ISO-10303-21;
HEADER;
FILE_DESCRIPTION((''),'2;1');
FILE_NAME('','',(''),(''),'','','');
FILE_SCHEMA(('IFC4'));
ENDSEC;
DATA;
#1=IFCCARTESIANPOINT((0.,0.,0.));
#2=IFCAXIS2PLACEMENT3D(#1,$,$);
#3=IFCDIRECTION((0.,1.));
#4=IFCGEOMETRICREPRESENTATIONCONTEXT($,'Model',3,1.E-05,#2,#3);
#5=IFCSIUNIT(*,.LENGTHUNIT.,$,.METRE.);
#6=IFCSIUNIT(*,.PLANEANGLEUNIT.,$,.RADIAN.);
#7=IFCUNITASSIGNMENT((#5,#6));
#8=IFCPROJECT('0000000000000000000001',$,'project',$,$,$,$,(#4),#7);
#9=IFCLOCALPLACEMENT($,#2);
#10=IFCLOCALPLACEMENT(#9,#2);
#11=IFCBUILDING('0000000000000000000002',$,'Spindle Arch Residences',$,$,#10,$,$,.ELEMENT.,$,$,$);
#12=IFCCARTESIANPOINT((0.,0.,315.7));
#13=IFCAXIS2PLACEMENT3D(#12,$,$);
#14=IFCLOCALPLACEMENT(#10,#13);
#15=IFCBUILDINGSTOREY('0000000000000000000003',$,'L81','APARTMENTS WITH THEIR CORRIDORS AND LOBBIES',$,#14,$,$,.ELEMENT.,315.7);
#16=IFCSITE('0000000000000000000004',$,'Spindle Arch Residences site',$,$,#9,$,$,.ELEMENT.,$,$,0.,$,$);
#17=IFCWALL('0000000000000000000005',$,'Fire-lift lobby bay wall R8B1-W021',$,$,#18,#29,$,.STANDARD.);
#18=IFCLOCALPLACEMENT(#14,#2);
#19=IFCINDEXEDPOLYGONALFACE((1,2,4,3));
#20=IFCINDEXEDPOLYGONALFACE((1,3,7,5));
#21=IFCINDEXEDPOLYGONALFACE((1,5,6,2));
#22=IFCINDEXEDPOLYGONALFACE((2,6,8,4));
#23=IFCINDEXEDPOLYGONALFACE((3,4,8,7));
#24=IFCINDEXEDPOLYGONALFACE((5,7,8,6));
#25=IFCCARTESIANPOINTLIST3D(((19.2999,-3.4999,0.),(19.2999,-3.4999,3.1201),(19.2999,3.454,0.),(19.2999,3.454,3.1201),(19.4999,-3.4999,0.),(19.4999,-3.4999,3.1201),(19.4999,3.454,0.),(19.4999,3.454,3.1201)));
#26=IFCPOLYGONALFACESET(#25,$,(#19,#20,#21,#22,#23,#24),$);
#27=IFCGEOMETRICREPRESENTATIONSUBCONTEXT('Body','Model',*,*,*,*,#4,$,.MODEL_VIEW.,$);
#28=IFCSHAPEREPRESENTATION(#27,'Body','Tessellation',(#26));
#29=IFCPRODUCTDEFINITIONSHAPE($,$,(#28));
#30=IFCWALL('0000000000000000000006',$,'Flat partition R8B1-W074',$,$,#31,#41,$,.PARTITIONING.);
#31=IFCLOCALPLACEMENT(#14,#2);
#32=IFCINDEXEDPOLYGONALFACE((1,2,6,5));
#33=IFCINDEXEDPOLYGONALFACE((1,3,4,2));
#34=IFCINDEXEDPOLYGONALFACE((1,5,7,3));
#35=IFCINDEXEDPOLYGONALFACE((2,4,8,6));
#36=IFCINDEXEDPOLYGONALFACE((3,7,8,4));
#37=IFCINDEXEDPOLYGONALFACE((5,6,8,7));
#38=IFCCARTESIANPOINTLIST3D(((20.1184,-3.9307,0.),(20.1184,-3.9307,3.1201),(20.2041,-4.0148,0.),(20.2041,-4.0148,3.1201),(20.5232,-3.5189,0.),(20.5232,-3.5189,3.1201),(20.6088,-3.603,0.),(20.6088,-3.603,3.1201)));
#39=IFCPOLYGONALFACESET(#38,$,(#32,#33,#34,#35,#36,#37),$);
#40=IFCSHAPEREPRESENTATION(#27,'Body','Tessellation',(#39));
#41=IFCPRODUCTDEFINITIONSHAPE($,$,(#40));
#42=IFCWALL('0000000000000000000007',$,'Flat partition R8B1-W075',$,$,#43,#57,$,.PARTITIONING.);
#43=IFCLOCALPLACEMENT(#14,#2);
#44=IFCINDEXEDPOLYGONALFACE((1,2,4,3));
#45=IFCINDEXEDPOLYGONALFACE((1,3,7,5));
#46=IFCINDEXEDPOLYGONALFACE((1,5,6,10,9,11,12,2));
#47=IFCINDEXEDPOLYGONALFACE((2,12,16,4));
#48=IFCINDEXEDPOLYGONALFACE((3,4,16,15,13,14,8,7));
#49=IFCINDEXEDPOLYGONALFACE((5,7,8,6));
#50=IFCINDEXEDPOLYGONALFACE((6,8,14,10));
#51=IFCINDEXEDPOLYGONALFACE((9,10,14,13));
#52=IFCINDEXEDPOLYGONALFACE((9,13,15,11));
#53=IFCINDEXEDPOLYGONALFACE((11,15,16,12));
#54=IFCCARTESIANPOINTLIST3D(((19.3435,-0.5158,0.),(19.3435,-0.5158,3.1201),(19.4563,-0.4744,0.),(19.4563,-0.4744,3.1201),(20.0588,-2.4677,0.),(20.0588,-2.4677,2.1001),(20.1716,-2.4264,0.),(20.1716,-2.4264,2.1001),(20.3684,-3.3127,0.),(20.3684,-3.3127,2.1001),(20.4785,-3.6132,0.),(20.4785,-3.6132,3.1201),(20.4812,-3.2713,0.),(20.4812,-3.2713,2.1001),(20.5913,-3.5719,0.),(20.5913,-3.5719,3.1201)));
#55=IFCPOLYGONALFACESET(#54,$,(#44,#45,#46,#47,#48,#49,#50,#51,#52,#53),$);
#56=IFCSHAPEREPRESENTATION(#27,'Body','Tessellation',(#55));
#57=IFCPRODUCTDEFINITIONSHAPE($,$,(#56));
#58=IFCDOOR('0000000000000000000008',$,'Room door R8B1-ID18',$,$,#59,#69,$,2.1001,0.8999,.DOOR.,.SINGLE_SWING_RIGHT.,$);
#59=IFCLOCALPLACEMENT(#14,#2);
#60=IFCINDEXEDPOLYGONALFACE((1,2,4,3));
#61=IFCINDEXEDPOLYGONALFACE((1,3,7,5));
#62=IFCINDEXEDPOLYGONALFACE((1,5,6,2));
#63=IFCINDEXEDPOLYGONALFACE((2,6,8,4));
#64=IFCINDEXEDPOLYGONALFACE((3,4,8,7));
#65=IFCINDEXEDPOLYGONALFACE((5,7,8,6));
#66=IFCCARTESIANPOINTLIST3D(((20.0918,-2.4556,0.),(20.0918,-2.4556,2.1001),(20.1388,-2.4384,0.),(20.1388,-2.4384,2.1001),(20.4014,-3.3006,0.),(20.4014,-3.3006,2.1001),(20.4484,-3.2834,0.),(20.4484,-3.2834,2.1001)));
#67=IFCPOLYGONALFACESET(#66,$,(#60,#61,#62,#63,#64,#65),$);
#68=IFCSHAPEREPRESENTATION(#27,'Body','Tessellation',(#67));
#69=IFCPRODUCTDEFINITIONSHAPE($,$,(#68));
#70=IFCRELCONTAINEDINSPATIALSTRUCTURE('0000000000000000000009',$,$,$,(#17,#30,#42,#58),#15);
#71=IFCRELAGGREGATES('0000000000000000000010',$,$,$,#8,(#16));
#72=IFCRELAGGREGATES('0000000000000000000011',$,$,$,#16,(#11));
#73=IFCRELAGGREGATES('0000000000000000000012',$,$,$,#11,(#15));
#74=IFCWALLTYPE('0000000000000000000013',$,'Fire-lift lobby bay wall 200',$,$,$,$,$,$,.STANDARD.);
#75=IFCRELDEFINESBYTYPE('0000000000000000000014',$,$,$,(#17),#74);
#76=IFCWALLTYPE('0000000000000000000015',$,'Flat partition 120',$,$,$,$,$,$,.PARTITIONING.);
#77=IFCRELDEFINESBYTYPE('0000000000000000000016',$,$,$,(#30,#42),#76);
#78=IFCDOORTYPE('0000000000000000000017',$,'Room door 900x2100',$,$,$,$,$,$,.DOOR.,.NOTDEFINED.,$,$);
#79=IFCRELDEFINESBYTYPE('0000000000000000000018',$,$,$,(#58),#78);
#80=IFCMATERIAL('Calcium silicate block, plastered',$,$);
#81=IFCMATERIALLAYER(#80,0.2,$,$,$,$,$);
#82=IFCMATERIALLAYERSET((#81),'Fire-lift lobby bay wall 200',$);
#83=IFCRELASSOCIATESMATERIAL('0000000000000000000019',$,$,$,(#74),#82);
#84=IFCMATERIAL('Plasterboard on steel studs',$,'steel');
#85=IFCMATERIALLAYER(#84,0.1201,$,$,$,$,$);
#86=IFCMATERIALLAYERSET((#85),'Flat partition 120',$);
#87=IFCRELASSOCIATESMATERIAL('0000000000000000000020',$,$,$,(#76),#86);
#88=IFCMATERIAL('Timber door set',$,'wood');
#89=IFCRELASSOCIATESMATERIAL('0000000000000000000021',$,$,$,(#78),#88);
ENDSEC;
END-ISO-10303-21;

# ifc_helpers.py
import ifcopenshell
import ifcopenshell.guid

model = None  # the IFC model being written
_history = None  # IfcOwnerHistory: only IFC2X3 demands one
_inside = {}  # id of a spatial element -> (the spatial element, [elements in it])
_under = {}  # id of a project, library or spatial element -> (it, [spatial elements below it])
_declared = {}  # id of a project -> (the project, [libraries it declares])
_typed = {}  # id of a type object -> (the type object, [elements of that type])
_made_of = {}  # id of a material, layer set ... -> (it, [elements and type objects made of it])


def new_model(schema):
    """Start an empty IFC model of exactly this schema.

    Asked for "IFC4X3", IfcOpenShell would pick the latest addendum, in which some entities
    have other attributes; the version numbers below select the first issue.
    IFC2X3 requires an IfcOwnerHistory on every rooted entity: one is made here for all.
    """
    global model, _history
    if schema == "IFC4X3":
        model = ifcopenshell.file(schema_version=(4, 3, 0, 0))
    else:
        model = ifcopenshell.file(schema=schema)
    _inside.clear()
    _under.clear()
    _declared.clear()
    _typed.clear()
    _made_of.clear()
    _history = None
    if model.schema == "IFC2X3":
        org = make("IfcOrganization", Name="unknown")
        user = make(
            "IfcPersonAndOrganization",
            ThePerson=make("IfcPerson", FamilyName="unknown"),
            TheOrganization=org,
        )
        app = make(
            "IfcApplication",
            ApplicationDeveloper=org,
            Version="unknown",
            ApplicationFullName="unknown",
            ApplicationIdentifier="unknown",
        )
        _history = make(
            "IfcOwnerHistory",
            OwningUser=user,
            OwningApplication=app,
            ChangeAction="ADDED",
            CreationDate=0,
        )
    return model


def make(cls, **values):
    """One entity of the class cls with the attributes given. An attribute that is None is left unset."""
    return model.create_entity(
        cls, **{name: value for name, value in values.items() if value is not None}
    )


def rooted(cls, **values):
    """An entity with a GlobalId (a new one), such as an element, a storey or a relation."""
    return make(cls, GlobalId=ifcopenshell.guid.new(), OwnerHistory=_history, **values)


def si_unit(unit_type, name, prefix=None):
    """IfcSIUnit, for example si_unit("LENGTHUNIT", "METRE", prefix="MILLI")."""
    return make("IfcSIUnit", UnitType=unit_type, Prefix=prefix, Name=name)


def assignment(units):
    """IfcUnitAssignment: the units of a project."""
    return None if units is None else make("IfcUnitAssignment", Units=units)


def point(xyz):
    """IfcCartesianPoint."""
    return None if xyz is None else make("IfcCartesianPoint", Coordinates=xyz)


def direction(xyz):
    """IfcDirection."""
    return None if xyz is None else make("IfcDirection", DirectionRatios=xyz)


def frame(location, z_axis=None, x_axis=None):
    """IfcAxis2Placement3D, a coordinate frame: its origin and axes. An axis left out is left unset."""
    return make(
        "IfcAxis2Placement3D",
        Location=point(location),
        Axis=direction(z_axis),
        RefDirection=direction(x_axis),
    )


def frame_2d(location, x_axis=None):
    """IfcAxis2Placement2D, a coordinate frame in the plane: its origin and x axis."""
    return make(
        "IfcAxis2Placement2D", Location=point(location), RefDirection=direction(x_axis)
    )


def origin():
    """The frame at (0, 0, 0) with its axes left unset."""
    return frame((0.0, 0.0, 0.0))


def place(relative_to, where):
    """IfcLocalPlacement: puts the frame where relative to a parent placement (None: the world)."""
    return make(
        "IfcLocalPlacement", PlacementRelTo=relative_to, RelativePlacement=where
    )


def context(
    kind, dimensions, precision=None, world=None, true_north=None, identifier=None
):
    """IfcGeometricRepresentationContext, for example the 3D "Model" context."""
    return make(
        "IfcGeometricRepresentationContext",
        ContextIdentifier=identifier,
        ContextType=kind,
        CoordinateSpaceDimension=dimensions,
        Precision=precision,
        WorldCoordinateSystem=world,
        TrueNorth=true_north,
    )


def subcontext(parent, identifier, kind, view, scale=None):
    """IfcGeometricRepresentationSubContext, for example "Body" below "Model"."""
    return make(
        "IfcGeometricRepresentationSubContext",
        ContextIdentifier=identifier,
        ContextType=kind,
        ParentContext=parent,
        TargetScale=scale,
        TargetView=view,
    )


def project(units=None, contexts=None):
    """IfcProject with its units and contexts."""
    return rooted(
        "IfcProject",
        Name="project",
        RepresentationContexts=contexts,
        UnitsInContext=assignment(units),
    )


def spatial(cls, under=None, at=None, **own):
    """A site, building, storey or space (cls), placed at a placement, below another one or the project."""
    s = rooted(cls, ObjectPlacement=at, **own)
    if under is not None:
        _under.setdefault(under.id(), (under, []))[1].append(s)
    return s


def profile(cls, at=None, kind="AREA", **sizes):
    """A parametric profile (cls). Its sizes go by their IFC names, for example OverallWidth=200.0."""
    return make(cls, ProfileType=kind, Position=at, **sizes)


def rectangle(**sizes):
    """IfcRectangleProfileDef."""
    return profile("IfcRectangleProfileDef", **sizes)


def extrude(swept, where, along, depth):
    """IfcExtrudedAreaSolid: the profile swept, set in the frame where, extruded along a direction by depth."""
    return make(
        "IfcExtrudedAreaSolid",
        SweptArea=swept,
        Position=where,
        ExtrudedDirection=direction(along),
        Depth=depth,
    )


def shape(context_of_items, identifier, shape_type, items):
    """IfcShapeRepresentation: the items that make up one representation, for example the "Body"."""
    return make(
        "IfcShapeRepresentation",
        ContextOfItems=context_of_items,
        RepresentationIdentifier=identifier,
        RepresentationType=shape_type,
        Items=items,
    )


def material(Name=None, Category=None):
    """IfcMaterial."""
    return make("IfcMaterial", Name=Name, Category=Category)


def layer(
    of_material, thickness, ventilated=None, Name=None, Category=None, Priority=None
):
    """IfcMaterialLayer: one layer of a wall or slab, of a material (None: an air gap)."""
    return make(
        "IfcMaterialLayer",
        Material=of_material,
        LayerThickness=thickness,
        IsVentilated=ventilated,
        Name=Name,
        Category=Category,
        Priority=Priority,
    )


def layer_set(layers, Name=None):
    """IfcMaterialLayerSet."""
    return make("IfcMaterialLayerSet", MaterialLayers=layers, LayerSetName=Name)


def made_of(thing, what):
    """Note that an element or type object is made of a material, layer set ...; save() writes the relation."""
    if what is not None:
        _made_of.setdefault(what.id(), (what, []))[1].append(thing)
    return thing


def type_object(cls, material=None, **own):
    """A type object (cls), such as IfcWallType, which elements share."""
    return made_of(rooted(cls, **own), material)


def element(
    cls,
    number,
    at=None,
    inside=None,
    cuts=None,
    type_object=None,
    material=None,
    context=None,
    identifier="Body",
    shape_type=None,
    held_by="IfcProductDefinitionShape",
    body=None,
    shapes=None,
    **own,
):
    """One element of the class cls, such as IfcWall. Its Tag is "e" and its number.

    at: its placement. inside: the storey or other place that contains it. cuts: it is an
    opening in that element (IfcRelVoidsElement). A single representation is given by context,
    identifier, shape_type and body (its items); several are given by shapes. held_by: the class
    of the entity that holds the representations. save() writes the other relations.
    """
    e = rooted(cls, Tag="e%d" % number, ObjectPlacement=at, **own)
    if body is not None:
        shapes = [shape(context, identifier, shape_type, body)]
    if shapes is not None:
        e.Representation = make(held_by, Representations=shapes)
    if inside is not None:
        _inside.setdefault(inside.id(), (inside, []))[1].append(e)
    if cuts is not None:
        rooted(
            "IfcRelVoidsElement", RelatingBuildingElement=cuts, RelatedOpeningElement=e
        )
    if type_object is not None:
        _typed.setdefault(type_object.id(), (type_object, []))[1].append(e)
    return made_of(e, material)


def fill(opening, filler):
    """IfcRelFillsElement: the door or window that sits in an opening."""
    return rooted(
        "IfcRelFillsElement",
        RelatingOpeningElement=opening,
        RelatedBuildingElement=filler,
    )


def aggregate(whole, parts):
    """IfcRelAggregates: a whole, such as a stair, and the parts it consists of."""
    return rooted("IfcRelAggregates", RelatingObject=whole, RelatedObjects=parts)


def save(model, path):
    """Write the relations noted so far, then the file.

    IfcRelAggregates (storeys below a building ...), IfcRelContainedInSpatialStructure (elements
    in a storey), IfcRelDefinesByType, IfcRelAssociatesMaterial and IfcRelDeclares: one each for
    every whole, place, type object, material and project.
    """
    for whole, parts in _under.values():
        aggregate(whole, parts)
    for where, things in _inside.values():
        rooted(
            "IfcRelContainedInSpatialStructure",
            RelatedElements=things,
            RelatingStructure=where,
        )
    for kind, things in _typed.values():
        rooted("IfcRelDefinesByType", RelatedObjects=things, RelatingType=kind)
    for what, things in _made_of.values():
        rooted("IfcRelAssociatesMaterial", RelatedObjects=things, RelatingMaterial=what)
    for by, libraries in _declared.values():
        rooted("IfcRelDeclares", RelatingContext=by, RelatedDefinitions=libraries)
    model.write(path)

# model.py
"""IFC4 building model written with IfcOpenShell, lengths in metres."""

from ifc_helpers import new_model, si_unit, direction, frame, frame_2d, origin, place, context, subcontext, project, spatial, rectangle, extrude, material, layer, layer_set, type_object, element, fill, save


model = new_model("IFC4")

# Units and contexts
model_context = context("Model", 3, precision=1e-05, world=origin(), true_north=direction((0.0, 1.0)))
body_context = subcontext(model_context, "Body", "Model", "MODEL_VIEW")
ifc_project = project(units=[si_unit("LENGTHUNIT", "METRE"), si_unit("PLANEANGLEUNIT", "RADIAN")], contexts=[model_context])

# Site, building, storey
site_placement = place(None, origin())
site = spatial("IfcSite", under=ifc_project, at=site_placement, Name="Spindle Arch Residences site", CompositionType="ELEMENT", RefElevation=0.0)
building_placement = place(site_placement, origin())
building = spatial("IfcBuilding", under=site, at=building_placement, Name="Spindle Arch Residences", CompositionType="ELEMENT")
storey_placement = place(building_placement, frame((0.0, 0.0, 315.7)))
storey = spatial("IfcBuildingStorey", under=building, at=storey_placement, Name="L81", Description="APARTMENTS WITH THEIR CORRIDORS AND LOBBIES", CompositionType="ELEMENT", Elevation=315.7)

# Walls
ifc_material_1 = material(Name="Calcium silicate block, plastered")
ifc_layer_1 = layer(ifc_material_1, 0.2)
ifc_layer_set_1 = layer_set([ifc_layer_1], Name="Fire-lift lobby bay wall 200")
wall_type_1 = type_object("IfcWallType", Name="Fire-lift lobby bay wall 200", PredefinedType="STANDARD", material=ifc_layer_set_1)
wall_1_placement = place(storey_placement, frame((19.3999, -3.5, 0.0), z_axis=(0.0, 0.0, 1.0), x_axis=(0.0, 1.0, 0.0)))
element("IfcWall", 1, at=wall_1_placement, inside=storey, type_object=wall_type_1, Name="Fire-lift lobby bay wall R8B1-W021", PredefinedType="STANDARD", context=body_context, shape_type="SweptSolid", body=[
    extrude(rectangle(XDim=6.9539, YDim=0.2, at=frame_2d((3.4771, 0.0))), origin(), (0.0, 0.0, 1.0), 3.1201),
])
ifc_material_2 = material(Name="Plasterboard on steel studs", Category="steel")
ifc_layer_2 = layer(ifc_material_2, 0.1201)
ifc_layer_set_2 = layer_set([ifc_layer_2], Name="Flat partition 120")
wall_type_2 = type_object("IfcWallType", Name="Flat partition 120", PredefinedType="PARTITIONING", material=ifc_layer_set_2)
wall_2_placement = place(storey_placement, frame((20.5659, -3.561, 0.0), z_axis=(0.0, 0.0, 1.0), x_axis=(-0.70095, -0.71321, 0.0)))
element("IfcWall", 2, at=wall_2_placement, inside=storey, type_object=wall_type_2, Name="Flat partition R8B1-W074", PredefinedType="PARTITIONING", context=body_context, shape_type="SweptSolid", body=[
    extrude(rectangle(XDim=0.5774, YDim=0.1201, at=frame_2d((0.2886, 0.0))), origin(), (0.0, 0.0, 1.0), 3.1201),
])

# Wall, opening, door
wall_3_placement = place(storey_placement, frame((20.5349, -3.5925, 0.0), z_axis=(0.0, 0.0, 1.0), x_axis=(-0.344065, 0.938946, 0.0)))
wall_3 = element("IfcWall", 3, at=wall_3_placement, inside=storey, type_object=wall_type_2, Name="Flat partition R8B1-W075", PredefinedType="PARTITIONING", context=body_context, shape_type="SweptSolid", body=[
    extrude(rectangle(XDim=3.2988, YDim=0.1201, at=frame_2d((1.6494, 0.0))), origin(), (0.0, 0.0, 1.0), 3.1201),
])
opening_placement = place(wall_3_placement, frame((0.3201, 0.0, 0.0)))
opening = element("IfcOpeningElement", 4, at=opening_placement, cuts=wall_3, PredefinedType="OPENING", context=body_context, shape_type="SweptSolid", body=[
    extrude(rectangle(XDim=0.8999, YDim=2.1001, at=frame_2d((0.45, 1.05))), frame((0.0, 0.0701, 0.0), z_axis=(0.0, -1.0, 0.0), x_axis=(1.0, 0.0, 0.0)), (0.0, 0.0, 1.0), 0.1401),
])
ifc_material_3 = material(Name="Timber door set", Category="wood")
door_type = type_object("IfcDoorType", Name="Room door 900x2100", OperationType="NOTDEFINED", PredefinedType="DOOR", material=ifc_material_3)
door_placement = place(opening_placement, origin())
door = element("IfcDoor", 5, at=door_placement, inside=storey, type_object=door_type, Name="Room door R8B1-ID18", OperationType="SINGLE_SWING_RIGHT", OverallHeight=2.1001, OverallWidth=0.8999, PredefinedType="DOOR", context=body_context, shape_type="SweptSolid", body=[
    extrude(rectangle(XDim=0.8999, YDim=2.1001, at=frame_2d((0.45, 1.05))), frame((0.0, 0.0249, 0.0), z_axis=(0.0, -1.0, 0.0), x_axis=(1.0, 0.0, 0.0)), (0.0, 0.0, 1.0), 0.05),
])
fill(opening, door)

save(model, "model.ifc")
